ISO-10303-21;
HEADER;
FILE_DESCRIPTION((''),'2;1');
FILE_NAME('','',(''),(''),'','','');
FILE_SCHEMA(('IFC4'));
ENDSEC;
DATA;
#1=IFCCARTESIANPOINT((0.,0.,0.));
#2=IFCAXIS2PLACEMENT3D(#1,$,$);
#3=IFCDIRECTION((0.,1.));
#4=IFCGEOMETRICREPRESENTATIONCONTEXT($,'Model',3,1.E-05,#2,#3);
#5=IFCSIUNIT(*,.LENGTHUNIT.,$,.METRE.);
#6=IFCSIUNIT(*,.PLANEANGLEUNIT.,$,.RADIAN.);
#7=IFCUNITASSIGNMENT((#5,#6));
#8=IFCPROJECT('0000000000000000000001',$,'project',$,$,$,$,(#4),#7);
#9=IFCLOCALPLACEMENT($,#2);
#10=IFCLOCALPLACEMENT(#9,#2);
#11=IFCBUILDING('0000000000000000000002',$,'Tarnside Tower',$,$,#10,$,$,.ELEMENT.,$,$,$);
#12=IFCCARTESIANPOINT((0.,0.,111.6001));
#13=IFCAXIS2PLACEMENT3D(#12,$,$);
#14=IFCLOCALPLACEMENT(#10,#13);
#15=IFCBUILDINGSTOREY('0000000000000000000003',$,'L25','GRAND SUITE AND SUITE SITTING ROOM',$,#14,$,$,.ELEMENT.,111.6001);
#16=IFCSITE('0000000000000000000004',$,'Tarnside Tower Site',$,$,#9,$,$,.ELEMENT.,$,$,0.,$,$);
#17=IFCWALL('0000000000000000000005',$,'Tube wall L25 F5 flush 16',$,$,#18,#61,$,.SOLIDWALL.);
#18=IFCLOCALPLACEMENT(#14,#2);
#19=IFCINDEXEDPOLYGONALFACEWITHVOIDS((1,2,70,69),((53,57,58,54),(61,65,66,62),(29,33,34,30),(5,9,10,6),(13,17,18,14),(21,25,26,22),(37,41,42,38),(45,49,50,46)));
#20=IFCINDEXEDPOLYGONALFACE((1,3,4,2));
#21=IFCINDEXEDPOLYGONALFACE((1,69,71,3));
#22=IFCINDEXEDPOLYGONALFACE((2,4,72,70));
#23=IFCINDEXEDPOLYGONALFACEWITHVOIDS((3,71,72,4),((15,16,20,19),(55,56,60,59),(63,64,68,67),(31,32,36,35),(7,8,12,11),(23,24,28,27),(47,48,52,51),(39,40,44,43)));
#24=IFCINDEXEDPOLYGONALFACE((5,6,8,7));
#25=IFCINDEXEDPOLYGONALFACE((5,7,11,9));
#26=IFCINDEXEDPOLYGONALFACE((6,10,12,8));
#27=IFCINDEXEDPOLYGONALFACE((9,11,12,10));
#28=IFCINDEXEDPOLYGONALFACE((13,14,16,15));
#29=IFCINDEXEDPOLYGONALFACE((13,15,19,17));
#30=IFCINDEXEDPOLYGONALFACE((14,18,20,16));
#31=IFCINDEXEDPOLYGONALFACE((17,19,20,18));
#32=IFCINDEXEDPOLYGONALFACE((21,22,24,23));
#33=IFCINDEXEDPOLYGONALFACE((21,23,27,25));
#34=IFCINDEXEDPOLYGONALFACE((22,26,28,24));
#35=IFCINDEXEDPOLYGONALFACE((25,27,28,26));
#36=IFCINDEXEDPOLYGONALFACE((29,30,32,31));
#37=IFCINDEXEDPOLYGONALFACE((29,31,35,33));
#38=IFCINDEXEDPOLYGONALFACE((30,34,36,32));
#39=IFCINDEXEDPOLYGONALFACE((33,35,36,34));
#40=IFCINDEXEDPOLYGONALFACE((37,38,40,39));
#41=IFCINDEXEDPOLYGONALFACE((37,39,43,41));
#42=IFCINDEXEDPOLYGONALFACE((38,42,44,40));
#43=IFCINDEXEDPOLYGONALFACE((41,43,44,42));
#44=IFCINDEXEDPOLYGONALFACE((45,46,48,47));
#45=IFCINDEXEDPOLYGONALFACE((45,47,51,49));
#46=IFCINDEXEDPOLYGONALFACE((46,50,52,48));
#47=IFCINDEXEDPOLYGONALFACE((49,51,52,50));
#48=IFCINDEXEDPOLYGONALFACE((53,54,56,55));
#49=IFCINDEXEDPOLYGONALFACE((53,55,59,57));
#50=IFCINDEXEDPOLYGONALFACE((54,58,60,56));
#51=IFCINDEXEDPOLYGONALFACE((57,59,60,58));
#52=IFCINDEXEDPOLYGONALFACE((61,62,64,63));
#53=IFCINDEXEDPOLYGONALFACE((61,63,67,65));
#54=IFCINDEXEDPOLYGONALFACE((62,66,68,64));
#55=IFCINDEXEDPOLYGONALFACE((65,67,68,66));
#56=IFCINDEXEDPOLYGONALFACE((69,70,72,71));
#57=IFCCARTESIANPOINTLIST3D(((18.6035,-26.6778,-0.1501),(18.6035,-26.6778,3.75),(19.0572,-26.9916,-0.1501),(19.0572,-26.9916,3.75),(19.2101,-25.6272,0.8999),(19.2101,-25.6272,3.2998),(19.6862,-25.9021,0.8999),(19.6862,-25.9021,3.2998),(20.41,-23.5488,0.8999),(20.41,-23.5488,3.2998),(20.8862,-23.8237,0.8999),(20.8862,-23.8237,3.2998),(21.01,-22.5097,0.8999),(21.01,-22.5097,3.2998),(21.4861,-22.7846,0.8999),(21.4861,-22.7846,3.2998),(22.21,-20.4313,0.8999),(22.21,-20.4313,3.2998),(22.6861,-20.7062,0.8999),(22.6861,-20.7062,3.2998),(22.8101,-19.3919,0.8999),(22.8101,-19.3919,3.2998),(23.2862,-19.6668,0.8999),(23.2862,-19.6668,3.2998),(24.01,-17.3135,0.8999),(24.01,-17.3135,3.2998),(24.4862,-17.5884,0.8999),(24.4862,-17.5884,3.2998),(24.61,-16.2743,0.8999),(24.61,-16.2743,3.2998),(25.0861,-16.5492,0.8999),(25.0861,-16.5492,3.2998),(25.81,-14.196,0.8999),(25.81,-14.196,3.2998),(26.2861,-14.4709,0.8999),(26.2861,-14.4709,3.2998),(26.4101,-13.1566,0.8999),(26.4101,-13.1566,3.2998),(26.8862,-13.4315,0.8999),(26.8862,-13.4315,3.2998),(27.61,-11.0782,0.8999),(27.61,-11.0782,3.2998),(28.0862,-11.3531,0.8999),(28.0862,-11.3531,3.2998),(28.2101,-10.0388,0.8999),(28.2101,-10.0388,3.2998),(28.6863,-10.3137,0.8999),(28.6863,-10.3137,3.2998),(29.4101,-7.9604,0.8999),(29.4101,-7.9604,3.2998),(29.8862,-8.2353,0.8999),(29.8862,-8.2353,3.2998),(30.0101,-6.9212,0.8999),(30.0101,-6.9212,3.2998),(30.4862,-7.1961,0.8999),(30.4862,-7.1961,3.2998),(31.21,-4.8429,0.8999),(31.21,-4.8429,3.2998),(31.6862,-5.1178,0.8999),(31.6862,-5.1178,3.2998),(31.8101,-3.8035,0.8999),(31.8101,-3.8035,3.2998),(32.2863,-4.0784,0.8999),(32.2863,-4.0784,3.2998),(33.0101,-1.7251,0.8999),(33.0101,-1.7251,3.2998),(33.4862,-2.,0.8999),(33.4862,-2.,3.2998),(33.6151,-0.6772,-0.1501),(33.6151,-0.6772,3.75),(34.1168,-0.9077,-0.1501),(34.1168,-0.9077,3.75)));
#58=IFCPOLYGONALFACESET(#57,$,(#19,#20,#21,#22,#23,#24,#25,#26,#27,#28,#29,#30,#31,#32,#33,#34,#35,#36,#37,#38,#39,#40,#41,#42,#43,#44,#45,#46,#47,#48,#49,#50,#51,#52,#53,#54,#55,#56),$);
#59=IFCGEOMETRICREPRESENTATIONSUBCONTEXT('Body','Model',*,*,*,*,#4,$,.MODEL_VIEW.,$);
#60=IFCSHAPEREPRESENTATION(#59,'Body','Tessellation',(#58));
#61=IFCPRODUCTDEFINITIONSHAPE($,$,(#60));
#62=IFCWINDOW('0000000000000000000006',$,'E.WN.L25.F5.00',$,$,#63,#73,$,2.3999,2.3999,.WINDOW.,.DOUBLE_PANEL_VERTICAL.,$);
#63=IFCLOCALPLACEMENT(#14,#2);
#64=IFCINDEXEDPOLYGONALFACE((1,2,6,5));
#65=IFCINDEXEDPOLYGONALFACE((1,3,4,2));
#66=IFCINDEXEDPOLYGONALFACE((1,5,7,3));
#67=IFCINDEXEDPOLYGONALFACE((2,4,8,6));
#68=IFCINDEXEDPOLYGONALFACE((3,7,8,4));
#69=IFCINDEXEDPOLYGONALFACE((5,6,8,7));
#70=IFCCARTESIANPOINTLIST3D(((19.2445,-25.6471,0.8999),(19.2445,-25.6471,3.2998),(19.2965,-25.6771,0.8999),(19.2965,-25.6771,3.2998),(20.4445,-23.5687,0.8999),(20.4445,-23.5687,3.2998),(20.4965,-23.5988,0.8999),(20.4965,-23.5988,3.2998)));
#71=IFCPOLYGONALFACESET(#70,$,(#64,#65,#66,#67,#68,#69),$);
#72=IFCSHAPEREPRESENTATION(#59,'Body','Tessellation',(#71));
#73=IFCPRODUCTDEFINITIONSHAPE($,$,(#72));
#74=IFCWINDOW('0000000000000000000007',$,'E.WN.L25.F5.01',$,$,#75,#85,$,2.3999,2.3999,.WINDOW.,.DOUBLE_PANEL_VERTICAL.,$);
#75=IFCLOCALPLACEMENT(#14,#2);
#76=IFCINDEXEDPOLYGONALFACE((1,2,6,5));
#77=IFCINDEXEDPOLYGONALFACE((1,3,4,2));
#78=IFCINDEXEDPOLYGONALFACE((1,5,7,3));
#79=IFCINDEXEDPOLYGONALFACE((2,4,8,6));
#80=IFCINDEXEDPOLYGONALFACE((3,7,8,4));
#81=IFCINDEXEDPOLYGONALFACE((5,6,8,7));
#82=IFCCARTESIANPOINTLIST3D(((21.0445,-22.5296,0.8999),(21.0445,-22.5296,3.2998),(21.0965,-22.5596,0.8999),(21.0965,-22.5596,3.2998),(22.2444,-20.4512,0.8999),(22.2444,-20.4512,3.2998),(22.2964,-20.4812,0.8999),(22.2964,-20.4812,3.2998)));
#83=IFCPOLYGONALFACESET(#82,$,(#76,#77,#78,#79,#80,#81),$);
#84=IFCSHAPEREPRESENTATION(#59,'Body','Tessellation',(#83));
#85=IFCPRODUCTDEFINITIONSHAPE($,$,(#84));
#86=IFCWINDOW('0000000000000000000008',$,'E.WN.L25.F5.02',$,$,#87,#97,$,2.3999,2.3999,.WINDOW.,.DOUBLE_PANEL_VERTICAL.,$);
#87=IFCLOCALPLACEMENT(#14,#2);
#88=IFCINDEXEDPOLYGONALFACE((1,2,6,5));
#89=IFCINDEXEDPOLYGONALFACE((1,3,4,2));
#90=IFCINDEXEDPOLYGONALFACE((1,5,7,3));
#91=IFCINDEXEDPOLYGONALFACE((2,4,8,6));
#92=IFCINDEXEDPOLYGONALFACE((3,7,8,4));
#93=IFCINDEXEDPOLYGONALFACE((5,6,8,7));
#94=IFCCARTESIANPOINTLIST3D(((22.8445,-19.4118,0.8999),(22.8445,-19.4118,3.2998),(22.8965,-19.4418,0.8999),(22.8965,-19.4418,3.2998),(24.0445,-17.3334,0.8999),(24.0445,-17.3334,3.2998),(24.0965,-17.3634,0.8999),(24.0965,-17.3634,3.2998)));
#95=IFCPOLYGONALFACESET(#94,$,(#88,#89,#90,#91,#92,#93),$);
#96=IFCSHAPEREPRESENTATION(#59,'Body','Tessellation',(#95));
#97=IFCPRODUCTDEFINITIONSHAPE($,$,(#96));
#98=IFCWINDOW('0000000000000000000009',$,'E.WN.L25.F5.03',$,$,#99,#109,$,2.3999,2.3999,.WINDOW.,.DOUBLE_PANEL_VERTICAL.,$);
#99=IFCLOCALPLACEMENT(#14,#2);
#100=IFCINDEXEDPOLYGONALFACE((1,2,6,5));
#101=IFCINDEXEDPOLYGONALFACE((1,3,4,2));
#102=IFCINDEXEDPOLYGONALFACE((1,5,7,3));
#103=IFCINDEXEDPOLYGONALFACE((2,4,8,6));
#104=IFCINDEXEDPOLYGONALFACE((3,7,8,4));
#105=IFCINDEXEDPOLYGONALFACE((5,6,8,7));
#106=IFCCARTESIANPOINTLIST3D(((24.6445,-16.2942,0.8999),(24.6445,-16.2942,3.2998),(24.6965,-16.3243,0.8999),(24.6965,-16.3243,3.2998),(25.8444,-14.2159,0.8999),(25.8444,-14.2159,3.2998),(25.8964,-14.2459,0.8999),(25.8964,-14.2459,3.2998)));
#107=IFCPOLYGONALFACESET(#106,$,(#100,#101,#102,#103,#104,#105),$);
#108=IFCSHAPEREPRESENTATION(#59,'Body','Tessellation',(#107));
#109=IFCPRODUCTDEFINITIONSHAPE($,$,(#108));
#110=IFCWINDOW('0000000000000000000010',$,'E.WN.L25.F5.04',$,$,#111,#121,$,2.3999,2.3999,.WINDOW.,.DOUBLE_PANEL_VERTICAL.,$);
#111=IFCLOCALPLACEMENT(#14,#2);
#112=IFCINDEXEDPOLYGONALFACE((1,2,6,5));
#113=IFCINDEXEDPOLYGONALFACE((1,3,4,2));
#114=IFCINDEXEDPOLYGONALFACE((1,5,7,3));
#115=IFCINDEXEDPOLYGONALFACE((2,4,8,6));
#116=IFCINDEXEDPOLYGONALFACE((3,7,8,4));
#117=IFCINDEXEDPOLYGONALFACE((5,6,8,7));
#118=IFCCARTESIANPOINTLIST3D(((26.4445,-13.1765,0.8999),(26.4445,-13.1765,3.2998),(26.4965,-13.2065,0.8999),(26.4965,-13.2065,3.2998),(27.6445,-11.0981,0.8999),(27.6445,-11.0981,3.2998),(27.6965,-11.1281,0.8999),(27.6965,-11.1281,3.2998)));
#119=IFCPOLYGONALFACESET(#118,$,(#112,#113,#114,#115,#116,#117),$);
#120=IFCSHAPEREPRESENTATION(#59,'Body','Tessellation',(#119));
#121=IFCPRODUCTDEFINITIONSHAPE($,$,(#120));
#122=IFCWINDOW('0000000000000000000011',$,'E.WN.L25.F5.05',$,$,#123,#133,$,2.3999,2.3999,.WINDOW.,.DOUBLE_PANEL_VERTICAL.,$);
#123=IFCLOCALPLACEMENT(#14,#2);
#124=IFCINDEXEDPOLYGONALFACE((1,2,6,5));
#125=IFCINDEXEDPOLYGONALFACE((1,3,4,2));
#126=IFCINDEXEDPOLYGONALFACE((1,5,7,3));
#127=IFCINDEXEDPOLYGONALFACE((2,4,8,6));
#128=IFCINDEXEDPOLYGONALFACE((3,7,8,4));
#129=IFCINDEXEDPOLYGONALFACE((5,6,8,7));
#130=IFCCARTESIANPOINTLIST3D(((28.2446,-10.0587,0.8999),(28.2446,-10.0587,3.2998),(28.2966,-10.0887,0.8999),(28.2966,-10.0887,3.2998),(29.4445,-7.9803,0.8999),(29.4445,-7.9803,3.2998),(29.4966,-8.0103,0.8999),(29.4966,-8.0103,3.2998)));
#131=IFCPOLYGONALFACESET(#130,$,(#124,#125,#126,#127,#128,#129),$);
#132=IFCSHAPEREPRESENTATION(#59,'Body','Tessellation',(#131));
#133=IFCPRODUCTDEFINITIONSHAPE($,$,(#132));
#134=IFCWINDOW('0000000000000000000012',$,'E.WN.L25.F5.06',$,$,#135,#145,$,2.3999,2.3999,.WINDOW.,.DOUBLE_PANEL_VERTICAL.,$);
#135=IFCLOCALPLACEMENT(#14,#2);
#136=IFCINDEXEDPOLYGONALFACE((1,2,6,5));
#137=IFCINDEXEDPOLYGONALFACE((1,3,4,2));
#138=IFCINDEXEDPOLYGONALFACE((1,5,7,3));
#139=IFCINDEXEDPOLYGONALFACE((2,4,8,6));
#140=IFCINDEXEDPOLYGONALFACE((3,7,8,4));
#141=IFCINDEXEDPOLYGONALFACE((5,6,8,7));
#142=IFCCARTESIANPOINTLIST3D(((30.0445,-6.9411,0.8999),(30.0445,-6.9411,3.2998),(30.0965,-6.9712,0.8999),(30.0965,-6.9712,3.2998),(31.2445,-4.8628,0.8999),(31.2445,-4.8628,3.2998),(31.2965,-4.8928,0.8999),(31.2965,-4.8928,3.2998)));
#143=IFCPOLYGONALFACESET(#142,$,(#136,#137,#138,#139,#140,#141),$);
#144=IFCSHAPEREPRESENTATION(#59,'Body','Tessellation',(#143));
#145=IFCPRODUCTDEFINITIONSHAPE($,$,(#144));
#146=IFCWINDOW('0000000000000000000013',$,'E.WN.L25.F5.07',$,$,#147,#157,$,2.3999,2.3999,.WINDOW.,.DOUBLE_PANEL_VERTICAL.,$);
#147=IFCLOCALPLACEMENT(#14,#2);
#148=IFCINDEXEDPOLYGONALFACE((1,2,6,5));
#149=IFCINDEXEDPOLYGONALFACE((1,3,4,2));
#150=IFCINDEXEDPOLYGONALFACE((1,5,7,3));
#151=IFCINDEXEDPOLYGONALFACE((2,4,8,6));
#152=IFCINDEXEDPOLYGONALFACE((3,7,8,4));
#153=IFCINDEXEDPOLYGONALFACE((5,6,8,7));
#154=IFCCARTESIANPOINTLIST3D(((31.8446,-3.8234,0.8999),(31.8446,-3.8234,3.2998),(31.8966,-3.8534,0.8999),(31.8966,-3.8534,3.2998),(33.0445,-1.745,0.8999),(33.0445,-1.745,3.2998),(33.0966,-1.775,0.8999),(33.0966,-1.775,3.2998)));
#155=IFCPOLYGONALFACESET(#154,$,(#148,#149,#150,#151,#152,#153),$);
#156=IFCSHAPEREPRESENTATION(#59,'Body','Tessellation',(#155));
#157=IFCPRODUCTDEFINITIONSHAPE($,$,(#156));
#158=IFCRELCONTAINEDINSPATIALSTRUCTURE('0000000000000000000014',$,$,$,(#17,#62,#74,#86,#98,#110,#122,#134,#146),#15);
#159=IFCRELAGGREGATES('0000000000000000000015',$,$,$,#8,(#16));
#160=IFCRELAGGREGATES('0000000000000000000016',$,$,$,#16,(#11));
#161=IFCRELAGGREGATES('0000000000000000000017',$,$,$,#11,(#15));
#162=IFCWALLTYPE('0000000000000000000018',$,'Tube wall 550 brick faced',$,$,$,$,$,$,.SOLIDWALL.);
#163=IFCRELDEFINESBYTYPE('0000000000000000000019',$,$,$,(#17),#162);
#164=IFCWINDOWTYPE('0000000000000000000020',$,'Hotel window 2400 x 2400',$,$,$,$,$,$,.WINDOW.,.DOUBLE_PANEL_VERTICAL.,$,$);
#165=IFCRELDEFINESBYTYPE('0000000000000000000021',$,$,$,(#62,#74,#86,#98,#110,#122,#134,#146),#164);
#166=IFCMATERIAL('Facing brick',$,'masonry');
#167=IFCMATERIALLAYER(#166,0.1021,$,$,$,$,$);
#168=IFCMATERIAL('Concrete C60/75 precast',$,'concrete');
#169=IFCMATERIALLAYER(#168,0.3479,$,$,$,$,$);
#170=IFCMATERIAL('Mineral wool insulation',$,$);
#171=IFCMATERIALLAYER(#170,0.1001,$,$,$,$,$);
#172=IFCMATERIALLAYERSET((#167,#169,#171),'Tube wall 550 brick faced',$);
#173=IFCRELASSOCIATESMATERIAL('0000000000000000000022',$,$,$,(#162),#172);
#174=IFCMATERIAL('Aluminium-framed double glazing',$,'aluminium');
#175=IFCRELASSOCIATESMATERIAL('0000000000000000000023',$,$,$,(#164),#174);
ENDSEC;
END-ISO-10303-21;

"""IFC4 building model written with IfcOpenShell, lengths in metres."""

from ifc_helpers import new_model, si_unit, direction, frame, frame_2d, origin, place, context, subcontext, project, spatial, polyline, rectangle, outline, extrude, material, layer, layer_set, type_object, element, fill, save


model = new_model("IFC4")

# Units and contexts
model_context = context("Model", 3, precision=1e-05, world=origin(), true_north=direction((0.0, 1.0)))
body_context = subcontext(model_context, "Body", "Model", "MODEL_VIEW")
ifc_project = project(units=[si_unit("LENGTHUNIT", "METRE"), si_unit("PLANEANGLEUNIT", "RADIAN")], contexts=[model_context])

# Site, building, storey
site_placement = place(None, origin())
site = spatial("IfcSite", under=ifc_project, at=site_placement, Name="Tarnside Tower Site", CompositionType="ELEMENT", RefElevation=0.0)
building_placement = place(site_placement, origin())
building = spatial("IfcBuilding", under=site, at=building_placement, Name="Tarnside Tower", CompositionType="ELEMENT")
storey_placement = place(building_placement, frame((0.0, 0.0, 111.6001)))
storey = spatial("IfcBuildingStorey", under=building, at=storey_placement, Name="L25", Description="GRAND SUITE AND SUITE SITTING ROOM", CompositionType="ELEMENT", Elevation=111.6001)

# Shared definitions
ifc_material_1 = material(Name="Facing brick", Category="masonry")
ifc_layer_1 = layer(ifc_material_1, 0.1021)
ifc_material_2 = material(Name="Concrete C60/75 precast", Category="concrete")
ifc_layer_2 = layer(ifc_material_2, 0.3479)
ifc_material_3 = material(Name="Mineral wool insulation")
ifc_layer_3 = layer(ifc_material_3, 0.1001)
ifc_layer_set_1 = layer_set([ifc_layer_1, ifc_layer_2, ifc_layer_3], Name="Tube wall 550 brick faced")
wall_type_1 = type_object("IfcWallType", Name="Tube wall 550 brick faced", PredefinedType="SOLIDWALL", material=ifc_layer_set_1)

# Wall, openings, windows
wall_1_placement = place(storey_placement, frame((18.8303, -26.8347, -0.1501), z_axis=(0.0, 0.0, 1.0), x_axis=(0.500004, 0.866023, 0.0)))
wall_1 = element("IfcWall", 1, at=wall_1_placement, inside=storey, type_object=wall_type_1, Name="Tube wall L25 F5 flush 16", PredefinedType="SOLIDWALL", context=body_context, shape_type="SweptSolid", body=[
    extrude(outline(polyline([(-0.0225, -0.2749), (30.0967, -0.2749), (30.0454, 0.2749), (0.0225, 0.2749), (-0.0225, -0.2749)])), origin(), (0.0, 0.0, 1.0), 3.9001),
])
opening_1_placement = place(wall_1_placement, frame((1.2356, 0.0, 1.05)))
opening_1 = element("IfcOpeningElement", 2, at=opening_1_placement, cuts=wall_1, PredefinedType="OPENING", context=body_context, shape_type="SweptSolid", body=[
    extrude(rectangle(XDim=2.3999, YDim=2.3999, at=frame_2d((1.2, 1.2))), frame((0.0, 0.2852, 0.0), z_axis=(0.0, -1.0, 0.0), x_axis=(1.0, 0.0, 0.0)), (0.0, 0.0, 1.0), 0.5701),
])
opening_2_placement = place(wall_1_placement, frame((4.8354, 0.0, 1.05)))
opening_2 = element("IfcOpeningElement", 3, at=opening_2_placement, cuts=wall_1, PredefinedType="OPENING", context=body_context, shape_type="SweptSolid", body=[
    extrude(rectangle(XDim=2.3999, YDim=2.3999, at=frame_2d((1.2, 1.2))), frame((0.0, 0.2852, 0.0), z_axis=(0.0, -1.0, 0.0), x_axis=(1.0, 0.0, 0.0)), (0.0, 0.0, 1.0), 0.5701),
])
opening_3_placement = place(wall_1_placement, frame((8.4355, 0.0, 1.05)))
opening_3 = element("IfcOpeningElement", 4, at=opening_3_placement, cuts=wall_1, PredefinedType="OPENING", context=body_context, shape_type="SweptSolid", body=[
    extrude(rectangle(XDim=2.3999, YDim=2.3999, at=frame_2d((1.2, 1.2))), frame((0.0, 0.2852, 0.0), z_axis=(0.0, -1.0, 0.0), x_axis=(1.0, 0.0, 0.0)), (0.0, 0.0, 1.0), 0.5701),
])
opening_4_placement = place(wall_1_placement, frame((12.0354, 0.0, 1.05)))
opening_4 = element("IfcOpeningElement", 5, at=opening_4_placement, cuts=wall_1, PredefinedType="OPENING", context=body_context, shape_type="SweptSolid", body=[
    extrude(rectangle(XDim=2.3999, YDim=2.3999, at=frame_2d((1.2, 1.2))), frame((0.0, 0.2852, 0.0), z_axis=(0.0, -1.0, 0.0), x_axis=(1.0, 0.0, 0.0)), (0.0, 0.0, 1.0), 0.5701),
])
opening_5_placement = place(wall_1_placement, frame((15.6355, 0.0, 1.05)))
opening_5 = element("IfcOpeningElement", 6, at=opening_5_placement, cuts=wall_1, PredefinedType="OPENING", context=body_context, shape_type="SweptSolid", body=[
    extrude(rectangle(XDim=2.3999, YDim=2.3999, at=frame_2d((1.2, 1.2))), frame((0.0, 0.2852, 0.0), z_axis=(0.0, -1.0, 0.0), x_axis=(1.0, 0.0, 0.0)), (0.0, 0.0, 1.0), 0.5701),
])
opening_6_placement = place(wall_1_placement, frame((19.2356, 0.0, 1.05)))
opening_6 = element("IfcOpeningElement", 7, at=opening_6_placement, cuts=wall_1, PredefinedType="OPENING", context=body_context, shape_type="SweptSolid", body=[
    extrude(rectangle(XDim=2.3999, YDim=2.3999, at=frame_2d((1.2, 1.2))), frame((0.0, 0.2852, 0.0), z_axis=(0.0, -1.0, 0.0), x_axis=(1.0, 0.0, 0.0)), (0.0, 0.0, 1.0), 0.5701),
])
opening_7_placement = place(wall_1_placement, frame((22.8354, 0.0, 1.05)))
opening_7 = element("IfcOpeningElement", 8, at=opening_7_placement, cuts=wall_1, PredefinedType="OPENING", context=body_context, shape_type="SweptSolid", body=[
    extrude(rectangle(XDim=2.3999, YDim=2.3999, at=frame_2d((1.2, 1.2))), frame((0.0, 0.2852, 0.0), z_axis=(0.0, -1.0, 0.0), x_axis=(1.0, 0.0, 0.0)), (0.0, 0.0, 1.0), 0.5701),
])
opening_8_placement = place(wall_1_placement, frame((26.4355, 0.0, 1.05)))
opening_8 = element("IfcOpeningElement", 9, at=opening_8_placement, cuts=wall_1, PredefinedType="OPENING", context=body_context, shape_type="SweptSolid", body=[
    extrude(rectangle(XDim=2.3999, YDim=2.3999, at=frame_2d((1.2, 1.2))), frame((0.0, 0.2852, 0.0), z_axis=(0.0, -1.0, 0.0), x_axis=(1.0, 0.0, 0.0)), (0.0, 0.0, 1.0), 0.5701),
])
ifc_material_4 = material(Name="Aluminium-framed double glazing", Category="aluminium")
window_type = type_object("IfcWindowType", Name="Hotel window 2400 x 2400", PartitioningType="DOUBLE_PANEL_VERTICAL", PredefinedType="WINDOW", material=ifc_material_4)
window_1_placement = place(opening_1_placement, frame((0.0, 0.2051, 0.0)))
window_1 = element("IfcWindow", 10, at=window_1_placement, inside=storey, type_object=window_type, Name="E.WN.L25.F5.00", OverallHeight=2.3999, OverallWidth=2.3999, PartitioningType="DOUBLE_PANEL_VERTICAL", PredefinedType="WINDOW", context=body_context, shape_type="SweptSolid", body=[
    extrude(rectangle(XDim=2.3999, YDim=2.3999, at=frame_2d((1.2, 1.2))), frame((0.0, 0.03, 0.0), z_axis=(0.0, -1.0, 0.0), x_axis=(1.0, 0.0, 0.0)), (0.0, 0.0, 1.0), 0.0601),
])
fill(opening_1, window_1)
window_2_placement = place(opening_2_placement, frame((0.0, 0.2051, 0.0)))
window_2 = element("IfcWindow", 11, at=window_2_placement, inside=storey, type_object=window_type, Name="E.WN.L25.F5.01", OverallHeight=2.3999, OverallWidth=2.3999, PartitioningType="DOUBLE_PANEL_VERTICAL", PredefinedType="WINDOW", context=body_context, shape_type="SweptSolid", body=[
    extrude(rectangle(XDim=2.3999, YDim=2.3999, at=frame_2d((1.2, 1.2))), frame((0.0, 0.03, 0.0), z_axis=(0.0, -1.0, 0.0), x_axis=(1.0, 0.0, 0.0)), (0.0, 0.0, 1.0), 0.0601),
])
fill(opening_2, window_2)
window_3_placement = place(opening_3_placement, frame((0.0, 0.2051, 0.0)))
window_3 = element("IfcWindow", 12, at=window_3_placement, inside=storey, type_object=window_type, Name="E.WN.L25.F5.02", OverallHeight=2.3999, OverallWidth=2.3999, PartitioningType="DOUBLE_PANEL_VERTICAL", PredefinedType="WINDOW", context=body_context, shape_type="SweptSolid", body=[
    extrude(rectangle(XDim=2.3999, YDim=2.3999, at=frame_2d((1.2, 1.2))), frame((0.0, 0.03, 0.0), z_axis=(0.0, -1.0, 0.0), x_axis=(1.0, 0.0, 0.0)), (0.0, 0.0, 1.0), 0.0601),
])
fill(opening_3, window_3)
window_4_placement = place(opening_4_placement, frame((0.0, 0.2051, 0.0)))
window_4 = element("IfcWindow", 13, at=window_4_placement, inside=storey, type_object=window_type, Name="E.WN.L25.F5.03", OverallHeight=2.3999, OverallWidth=2.3999, PartitioningType="DOUBLE_PANEL_VERTICAL", PredefinedType="WINDOW", context=body_context, shape_type="SweptSolid", body=[
    extrude(rectangle(XDim=2.3999, YDim=2.3999, at=frame_2d((1.2, 1.2))), frame((0.0, 0.03, 0.0), z_axis=(0.0, -1.0, 0.0), x_axis=(1.0, 0.0, 0.0)), (0.0, 0.0, 1.0), 0.0601),
])
fill(opening_4, window_4)
window_5_placement = place(opening_5_placement, frame((0.0, 0.2051, 0.0)))
window_5 = element("IfcWindow", 14, at=window_5_placement, inside=storey, type_object=window_type, Name="E.WN.L25.F5.04", OverallHeight=2.3999, OverallWidth=2.3999, PartitioningType="DOUBLE_PANEL_VERTICAL", PredefinedType="WINDOW", context=body_context, shape_type="SweptSolid", body=[
    extrude(rectangle(XDim=2.3999, YDim=2.3999, at=frame_2d((1.2, 1.2))), frame((0.0, 0.03, 0.0), z_axis=(0.0, -1.0, 0.0), x_axis=(1.0, 0.0, 0.0)), (0.0, 0.0, 1.0), 0.0601),
])
fill(opening_5, window_5)
window_6_placement = place(opening_6_placement, frame((0.0, 0.2051, 0.0)))
window_6 = element("IfcWindow", 15, at=window_6_placement, inside=storey, type_object=window_type, Name="E.WN.L25.F5.05", OverallHeight=2.3999, OverallWidth=2.3999, PartitioningType="DOUBLE_PANEL_VERTICAL", PredefinedType="WINDOW", context=body_context, shape_type="SweptSolid", body=[
    extrude(rectangle(XDim=2.3999, YDim=2.3999, at=frame_2d((1.2, 1.2))), frame((0.0, 0.03, 0.0), z_axis=(0.0, -1.0, 0.0), x_axis=(1.0, 0.0, 0.0)), (0.0, 0.0, 1.0), 0.0601),
])
fill(opening_6, window_6)
window_7_placement = place(opening_7_placement, frame((0.0, 0.2051, 0.0)))
window_7 = element("IfcWindow", 16, at=window_7_placement, inside=storey, type_object=window_type, Name="E.WN.L25.F5.06", OverallHeight=2.3999, OverallWidth=2.3999, PartitioningType="DOUBLE_PANEL_VERTICAL", PredefinedType="WINDOW", context=body_context, shape_type="SweptSolid", body=[
    extrude(rectangle(XDim=2.3999, YDim=2.3999, at=frame_2d((1.2, 1.2))), frame((0.0, 0.03, 0.0), z_axis=(0.0, -1.0, 0.0), x_axis=(1.0, 0.0, 0.0)), (0.0, 0.0, 1.0), 0.0601),
])
fill(opening_7, window_7)
window_8_placement = place(opening_8_placement, frame((0.0, 0.2051, 0.0)))
window_8 = element("IfcWindow", 17, at=window_8_placement, inside=storey, type_object=window_type, Name="E.WN.L25.F5.07", OverallHeight=2.3999, OverallWidth=2.3999, PartitioningType="DOUBLE_PANEL_VERTICAL", PredefinedType="WINDOW", context=body_context, shape_type="SweptSolid", body=[
    extrude(rectangle(XDim=2.3999, YDim=2.3999, at=frame_2d((1.2, 1.2))), frame((0.0, 0.03, 0.0), z_axis=(0.0, -1.0, 0.0), x_axis=(1.0, 0.0, 0.0)), (0.0, 0.0, 1.0), 0.0601),
])
fill(opening_8, window_8)

save(model, "model.ifc")
